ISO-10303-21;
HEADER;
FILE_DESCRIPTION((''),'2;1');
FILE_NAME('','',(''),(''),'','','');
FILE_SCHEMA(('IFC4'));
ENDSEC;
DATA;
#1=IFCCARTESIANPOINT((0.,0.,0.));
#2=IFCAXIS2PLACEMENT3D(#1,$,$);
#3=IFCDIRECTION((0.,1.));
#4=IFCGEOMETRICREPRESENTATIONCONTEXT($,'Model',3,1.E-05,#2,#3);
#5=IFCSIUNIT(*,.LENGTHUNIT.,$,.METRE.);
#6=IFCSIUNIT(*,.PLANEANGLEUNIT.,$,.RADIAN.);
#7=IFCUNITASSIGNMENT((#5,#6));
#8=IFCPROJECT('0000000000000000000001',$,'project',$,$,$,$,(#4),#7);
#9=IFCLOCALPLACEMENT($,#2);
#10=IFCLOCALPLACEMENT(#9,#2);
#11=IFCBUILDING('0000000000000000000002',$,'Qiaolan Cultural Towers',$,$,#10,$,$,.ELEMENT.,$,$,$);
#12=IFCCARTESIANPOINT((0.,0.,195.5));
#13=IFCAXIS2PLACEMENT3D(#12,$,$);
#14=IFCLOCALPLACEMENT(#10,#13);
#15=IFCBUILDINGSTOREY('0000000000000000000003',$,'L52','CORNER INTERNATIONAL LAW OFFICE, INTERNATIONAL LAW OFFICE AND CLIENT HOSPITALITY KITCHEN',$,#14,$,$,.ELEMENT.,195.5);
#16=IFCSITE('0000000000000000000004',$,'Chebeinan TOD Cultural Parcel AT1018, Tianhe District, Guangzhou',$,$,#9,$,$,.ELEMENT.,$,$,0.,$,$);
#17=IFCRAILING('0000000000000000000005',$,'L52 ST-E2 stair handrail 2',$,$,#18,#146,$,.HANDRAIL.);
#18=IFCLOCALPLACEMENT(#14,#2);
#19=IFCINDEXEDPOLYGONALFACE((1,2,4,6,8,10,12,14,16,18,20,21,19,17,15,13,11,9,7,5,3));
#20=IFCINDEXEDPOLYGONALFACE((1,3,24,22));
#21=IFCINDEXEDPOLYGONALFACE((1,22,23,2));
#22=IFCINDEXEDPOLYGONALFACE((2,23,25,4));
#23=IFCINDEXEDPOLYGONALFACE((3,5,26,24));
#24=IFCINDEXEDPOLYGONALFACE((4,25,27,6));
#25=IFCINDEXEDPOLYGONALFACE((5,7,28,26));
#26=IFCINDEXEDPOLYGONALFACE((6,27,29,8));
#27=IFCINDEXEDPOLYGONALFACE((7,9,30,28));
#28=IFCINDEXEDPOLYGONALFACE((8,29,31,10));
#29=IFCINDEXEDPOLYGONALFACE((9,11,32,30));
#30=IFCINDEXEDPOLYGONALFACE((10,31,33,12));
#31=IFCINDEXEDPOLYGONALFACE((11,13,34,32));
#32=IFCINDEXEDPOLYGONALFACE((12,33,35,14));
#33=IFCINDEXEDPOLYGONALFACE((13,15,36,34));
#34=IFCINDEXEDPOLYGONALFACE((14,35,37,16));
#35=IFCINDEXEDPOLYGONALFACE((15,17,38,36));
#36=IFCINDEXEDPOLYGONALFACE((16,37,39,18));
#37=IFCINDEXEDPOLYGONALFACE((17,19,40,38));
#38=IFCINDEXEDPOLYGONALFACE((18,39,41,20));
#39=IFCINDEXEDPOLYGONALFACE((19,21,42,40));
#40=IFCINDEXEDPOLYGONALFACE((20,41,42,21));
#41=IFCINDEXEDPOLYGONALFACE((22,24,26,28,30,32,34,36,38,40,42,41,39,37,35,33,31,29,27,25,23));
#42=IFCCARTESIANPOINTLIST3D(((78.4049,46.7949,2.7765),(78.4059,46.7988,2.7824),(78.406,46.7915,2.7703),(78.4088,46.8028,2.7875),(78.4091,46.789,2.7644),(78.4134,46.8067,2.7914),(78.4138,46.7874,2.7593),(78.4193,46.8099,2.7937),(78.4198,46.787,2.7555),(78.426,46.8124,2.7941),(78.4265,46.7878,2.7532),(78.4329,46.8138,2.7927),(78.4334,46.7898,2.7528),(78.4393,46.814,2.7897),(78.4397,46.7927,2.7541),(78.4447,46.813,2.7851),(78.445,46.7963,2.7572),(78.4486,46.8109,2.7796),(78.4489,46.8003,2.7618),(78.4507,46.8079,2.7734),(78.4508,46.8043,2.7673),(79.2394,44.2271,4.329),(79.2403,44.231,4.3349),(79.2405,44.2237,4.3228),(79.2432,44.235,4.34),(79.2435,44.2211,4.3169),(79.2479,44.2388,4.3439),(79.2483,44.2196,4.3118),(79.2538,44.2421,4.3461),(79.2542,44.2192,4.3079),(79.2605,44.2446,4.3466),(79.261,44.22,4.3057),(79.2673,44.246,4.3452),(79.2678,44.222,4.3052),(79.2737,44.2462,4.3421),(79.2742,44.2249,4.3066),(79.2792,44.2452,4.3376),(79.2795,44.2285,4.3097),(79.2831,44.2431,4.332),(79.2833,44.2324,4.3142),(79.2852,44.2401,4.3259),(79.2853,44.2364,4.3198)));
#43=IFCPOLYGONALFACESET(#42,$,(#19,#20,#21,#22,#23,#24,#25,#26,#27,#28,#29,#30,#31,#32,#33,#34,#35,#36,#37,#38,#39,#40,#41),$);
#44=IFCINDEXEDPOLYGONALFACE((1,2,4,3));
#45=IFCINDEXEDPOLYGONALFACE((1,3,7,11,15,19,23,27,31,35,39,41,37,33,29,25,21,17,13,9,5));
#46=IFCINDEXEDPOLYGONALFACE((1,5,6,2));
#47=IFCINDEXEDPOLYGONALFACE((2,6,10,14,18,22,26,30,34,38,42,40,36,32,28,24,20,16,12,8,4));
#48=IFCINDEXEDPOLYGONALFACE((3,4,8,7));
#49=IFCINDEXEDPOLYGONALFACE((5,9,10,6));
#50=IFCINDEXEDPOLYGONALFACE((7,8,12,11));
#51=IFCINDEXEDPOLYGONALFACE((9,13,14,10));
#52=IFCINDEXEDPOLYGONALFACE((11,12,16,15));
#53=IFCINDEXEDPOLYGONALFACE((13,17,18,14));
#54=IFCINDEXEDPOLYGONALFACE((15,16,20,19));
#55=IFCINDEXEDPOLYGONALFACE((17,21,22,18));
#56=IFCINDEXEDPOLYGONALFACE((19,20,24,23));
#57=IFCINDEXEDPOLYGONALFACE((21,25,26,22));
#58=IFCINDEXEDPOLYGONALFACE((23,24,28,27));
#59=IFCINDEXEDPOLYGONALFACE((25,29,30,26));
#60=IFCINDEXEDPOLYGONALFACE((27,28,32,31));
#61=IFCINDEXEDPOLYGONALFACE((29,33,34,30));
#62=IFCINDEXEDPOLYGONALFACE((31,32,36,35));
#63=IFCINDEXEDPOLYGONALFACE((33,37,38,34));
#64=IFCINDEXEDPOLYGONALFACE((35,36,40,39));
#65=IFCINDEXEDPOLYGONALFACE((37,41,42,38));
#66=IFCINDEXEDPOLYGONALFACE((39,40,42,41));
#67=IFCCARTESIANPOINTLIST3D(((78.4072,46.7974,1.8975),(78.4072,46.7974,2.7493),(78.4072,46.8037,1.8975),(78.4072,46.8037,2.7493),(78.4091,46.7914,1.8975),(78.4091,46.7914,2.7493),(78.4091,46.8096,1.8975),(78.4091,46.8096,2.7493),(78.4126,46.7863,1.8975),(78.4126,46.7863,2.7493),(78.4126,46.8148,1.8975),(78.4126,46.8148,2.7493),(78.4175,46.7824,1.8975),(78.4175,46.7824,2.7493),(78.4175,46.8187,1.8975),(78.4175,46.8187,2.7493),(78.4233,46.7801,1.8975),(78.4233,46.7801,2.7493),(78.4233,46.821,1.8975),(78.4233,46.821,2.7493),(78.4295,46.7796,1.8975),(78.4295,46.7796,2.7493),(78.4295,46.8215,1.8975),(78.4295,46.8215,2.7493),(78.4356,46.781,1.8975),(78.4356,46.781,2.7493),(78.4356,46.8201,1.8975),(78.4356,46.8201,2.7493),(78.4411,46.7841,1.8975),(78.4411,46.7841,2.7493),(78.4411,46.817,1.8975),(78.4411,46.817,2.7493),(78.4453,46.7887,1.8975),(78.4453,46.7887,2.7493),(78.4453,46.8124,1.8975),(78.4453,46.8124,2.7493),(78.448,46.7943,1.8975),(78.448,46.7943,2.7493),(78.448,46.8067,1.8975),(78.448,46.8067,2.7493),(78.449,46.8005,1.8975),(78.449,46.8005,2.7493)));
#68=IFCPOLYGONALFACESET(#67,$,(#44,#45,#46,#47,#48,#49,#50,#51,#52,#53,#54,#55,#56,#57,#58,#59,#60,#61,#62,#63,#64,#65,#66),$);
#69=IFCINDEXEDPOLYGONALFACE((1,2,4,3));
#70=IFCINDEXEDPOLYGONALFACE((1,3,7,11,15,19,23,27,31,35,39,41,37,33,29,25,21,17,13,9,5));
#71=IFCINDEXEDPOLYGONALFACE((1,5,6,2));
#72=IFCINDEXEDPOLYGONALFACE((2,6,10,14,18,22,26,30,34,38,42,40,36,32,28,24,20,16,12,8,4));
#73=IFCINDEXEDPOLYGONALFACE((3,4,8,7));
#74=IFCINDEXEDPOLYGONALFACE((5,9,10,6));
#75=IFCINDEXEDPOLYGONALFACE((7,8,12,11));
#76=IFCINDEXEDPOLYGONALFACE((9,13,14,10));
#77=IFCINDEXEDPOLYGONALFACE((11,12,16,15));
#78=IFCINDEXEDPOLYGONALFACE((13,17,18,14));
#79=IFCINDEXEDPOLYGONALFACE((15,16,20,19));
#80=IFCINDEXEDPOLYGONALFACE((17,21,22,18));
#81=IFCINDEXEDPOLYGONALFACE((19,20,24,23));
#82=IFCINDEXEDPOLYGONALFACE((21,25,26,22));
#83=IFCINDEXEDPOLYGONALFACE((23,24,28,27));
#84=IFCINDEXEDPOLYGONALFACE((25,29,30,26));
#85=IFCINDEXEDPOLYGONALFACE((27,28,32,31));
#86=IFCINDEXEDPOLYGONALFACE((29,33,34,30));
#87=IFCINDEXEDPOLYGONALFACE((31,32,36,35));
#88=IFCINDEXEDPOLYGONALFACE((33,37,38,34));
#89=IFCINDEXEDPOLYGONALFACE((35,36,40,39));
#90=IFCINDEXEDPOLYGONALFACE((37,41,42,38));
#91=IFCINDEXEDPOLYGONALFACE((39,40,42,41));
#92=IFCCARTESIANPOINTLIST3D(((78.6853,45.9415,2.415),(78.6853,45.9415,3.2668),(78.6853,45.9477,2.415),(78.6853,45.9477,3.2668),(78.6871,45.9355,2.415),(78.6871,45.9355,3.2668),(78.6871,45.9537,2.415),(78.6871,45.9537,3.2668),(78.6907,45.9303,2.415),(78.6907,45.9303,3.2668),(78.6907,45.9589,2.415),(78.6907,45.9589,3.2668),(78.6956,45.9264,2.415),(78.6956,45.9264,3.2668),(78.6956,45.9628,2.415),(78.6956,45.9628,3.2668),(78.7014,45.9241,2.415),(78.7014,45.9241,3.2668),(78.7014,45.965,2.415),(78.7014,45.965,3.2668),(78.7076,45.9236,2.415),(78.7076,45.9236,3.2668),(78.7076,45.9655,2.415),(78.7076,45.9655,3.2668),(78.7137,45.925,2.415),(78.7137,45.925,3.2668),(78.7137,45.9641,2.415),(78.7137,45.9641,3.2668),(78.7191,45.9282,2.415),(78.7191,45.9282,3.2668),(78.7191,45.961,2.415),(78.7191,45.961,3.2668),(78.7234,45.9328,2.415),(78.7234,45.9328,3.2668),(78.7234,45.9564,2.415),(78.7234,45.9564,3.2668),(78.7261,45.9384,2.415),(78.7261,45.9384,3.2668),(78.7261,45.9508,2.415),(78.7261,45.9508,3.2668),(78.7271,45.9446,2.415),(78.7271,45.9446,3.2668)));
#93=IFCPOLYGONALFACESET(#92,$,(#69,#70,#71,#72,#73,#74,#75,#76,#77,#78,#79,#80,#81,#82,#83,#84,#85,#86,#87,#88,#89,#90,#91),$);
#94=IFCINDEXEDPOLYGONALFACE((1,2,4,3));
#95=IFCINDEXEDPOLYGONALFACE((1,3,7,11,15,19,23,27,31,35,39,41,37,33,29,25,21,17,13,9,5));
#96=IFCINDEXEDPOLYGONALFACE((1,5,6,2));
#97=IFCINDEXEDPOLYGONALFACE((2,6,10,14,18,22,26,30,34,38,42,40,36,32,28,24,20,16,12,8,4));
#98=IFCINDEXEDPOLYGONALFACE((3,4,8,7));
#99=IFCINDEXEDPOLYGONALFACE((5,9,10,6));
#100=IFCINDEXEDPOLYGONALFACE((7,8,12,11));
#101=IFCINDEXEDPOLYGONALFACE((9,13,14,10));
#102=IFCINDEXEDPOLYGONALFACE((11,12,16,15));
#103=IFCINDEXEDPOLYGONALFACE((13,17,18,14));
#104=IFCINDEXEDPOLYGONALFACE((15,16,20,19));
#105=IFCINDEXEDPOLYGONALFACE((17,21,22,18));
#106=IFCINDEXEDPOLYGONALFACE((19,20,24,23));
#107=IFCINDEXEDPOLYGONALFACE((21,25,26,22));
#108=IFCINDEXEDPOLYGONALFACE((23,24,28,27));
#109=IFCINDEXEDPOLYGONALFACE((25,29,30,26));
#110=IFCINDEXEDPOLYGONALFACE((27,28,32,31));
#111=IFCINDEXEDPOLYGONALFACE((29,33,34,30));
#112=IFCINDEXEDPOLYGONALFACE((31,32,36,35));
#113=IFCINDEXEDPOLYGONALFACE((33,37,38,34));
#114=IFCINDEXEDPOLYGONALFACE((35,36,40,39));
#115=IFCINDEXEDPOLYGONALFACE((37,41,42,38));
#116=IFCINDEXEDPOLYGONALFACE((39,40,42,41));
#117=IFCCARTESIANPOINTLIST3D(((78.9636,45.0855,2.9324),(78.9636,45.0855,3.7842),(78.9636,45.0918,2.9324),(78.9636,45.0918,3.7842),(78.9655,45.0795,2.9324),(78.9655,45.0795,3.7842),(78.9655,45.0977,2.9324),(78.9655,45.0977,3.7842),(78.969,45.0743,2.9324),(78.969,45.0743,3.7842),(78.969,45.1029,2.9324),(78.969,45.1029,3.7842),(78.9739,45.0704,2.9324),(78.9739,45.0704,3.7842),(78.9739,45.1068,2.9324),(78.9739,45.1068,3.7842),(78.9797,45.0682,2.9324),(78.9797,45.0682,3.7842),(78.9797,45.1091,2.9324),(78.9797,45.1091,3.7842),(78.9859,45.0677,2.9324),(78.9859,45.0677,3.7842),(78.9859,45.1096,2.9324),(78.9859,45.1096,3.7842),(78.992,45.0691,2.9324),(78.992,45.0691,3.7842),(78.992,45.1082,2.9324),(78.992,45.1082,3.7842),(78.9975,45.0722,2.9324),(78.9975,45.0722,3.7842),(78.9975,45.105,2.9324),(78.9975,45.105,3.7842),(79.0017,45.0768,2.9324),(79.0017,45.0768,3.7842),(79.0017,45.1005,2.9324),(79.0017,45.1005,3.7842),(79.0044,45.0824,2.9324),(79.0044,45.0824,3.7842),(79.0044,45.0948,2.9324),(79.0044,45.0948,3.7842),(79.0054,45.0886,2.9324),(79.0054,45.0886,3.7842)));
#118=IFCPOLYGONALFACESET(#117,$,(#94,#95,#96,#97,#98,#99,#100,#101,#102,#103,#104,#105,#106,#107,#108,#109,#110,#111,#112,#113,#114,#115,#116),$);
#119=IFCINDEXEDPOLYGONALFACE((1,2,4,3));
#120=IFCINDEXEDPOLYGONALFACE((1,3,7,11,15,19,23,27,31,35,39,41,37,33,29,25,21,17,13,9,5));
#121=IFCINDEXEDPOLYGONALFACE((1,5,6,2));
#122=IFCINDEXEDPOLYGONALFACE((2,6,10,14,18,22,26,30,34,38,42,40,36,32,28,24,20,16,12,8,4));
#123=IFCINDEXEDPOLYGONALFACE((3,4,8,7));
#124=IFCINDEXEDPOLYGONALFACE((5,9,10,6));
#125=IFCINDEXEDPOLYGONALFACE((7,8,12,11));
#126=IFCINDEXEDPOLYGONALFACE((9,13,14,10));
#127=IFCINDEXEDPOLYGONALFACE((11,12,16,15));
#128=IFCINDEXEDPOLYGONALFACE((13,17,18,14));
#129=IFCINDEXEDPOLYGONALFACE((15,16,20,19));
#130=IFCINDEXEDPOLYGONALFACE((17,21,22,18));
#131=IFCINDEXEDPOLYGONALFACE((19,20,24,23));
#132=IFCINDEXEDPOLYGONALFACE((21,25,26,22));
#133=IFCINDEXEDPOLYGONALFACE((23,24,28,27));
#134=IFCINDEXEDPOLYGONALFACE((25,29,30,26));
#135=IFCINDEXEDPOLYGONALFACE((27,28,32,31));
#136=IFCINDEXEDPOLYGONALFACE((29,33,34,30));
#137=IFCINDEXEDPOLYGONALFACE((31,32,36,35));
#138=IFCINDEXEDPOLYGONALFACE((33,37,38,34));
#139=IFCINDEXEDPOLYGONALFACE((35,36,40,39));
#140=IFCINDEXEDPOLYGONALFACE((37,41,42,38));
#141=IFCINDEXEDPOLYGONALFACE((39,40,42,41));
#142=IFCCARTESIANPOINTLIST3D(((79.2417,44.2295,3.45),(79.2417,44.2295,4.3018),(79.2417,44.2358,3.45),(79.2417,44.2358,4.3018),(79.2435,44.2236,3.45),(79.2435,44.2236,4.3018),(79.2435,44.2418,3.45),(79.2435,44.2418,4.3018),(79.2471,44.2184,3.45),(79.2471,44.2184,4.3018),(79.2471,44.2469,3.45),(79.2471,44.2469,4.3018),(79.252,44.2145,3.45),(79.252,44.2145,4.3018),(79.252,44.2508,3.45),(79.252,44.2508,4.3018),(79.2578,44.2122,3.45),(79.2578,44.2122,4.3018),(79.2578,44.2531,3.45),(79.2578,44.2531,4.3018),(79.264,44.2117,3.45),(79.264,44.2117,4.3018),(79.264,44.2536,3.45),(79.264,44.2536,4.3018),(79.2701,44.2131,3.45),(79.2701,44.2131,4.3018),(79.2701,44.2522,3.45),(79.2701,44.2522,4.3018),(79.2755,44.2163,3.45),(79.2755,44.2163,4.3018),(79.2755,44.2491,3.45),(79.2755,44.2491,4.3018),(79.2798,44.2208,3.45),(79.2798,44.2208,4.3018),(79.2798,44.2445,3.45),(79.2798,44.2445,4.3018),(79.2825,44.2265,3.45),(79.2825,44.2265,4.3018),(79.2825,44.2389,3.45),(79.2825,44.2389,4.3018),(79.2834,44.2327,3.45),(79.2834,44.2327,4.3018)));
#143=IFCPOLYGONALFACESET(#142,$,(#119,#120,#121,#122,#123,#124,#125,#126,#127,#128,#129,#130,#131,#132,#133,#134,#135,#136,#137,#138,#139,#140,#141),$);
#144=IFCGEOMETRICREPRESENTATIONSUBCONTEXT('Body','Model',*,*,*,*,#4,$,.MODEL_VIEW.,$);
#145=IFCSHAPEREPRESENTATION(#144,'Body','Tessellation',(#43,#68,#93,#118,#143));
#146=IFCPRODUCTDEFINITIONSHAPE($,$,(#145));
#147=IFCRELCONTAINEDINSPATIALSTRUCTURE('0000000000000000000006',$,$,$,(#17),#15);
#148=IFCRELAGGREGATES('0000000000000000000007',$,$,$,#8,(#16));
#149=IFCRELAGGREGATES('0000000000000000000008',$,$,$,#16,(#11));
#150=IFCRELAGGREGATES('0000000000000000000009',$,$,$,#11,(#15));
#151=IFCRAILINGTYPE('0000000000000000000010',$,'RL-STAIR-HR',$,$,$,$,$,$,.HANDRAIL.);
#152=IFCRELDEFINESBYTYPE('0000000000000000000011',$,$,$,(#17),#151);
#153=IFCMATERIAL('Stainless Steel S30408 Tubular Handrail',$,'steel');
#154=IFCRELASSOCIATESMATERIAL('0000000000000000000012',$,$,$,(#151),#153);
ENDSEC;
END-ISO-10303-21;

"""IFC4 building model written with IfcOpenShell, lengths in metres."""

from ifc_helpers import new_model, si_unit, direction, frame, origin, origin_2d, place, context, subcontext, project, spatial, circle, extrude, material, type_object, element, save


model = new_model("IFC4")

# Units and contexts
model_context = context("Model", 3, precision=1e-05, world=origin(), true_north=direction((0.0, 1.0)))
body_context = subcontext(model_context, "Body", "Model", "MODEL_VIEW")
ifc_project = project(units=[si_unit("LENGTHUNIT", "METRE"), si_unit("PLANEANGLEUNIT", "RADIAN")], contexts=[model_context])

# Site, building, storey
site_placement = place(None, origin())
site = spatial("IfcSite", under=ifc_project, at=site_placement, Name="Chebeinan TOD Cultural Parcel AT1018, Tianhe District, Guangzhou", CompositionType="ELEMENT", RefElevation=0.0)
building_placement = place(site_placement, origin())
building = spatial("IfcBuilding", under=site, at=building_placement, Name="Qiaolan Cultural Towers", CompositionType="ELEMENT")
storey_placement = place(building_placement, frame((0.0, 0.0, 195.5)))
storey = spatial("IfcBuildingStorey", under=building, at=storey_placement, Name="L52", Description="CORNER INTERNATIONAL LAW OFFICE, INTERNATIONAL LAW OFFICE AND CLIENT HOSPITALITY KITCHEN", CompositionType="ELEMENT", Elevation=195.5)

# Railing
ifc_material_1 = material(Name="Stainless Steel S30408 Tubular Handrail", Category="steel")
railing_type_1 = type_object("IfcRailingType", Name="RL-STAIR-HR", PredefinedType="HANDRAIL", material=ifc_material_1)
railing_1_placement = place(storey_placement, frame((78.428, 46.8005, 1.8975)))
element("IfcRailing", 1, at=railing_1_placement, inside=storey, type_object=railing_type_1, Name="L52 ST-E2 stair handrail 2", PredefinedType="HANDRAIL", context=body_context, shape_type="SweptSolid", body=[
    extrude(circle(Radius=0.0239, at=origin_2d()), frame((0.0, 0.0, 0.876), z_axis=(0.267926, -0.824471, 0.498461), x_axis=(0.951043, 0.309057, 0.0)), (0.0, 0.0, 1.0), 3.1145),
    extrude(circle(Radius=0.021, at=origin_2d()), origin(), (0.0, 0.0, 1.0), 0.8518),
    extrude(circle(Radius=0.021, at=origin_2d()), frame((0.2781, -0.856, 0.5176)), (0.0, 0.0, 1.0), 0.8518),
    extrude(circle(Radius=0.021, at=origin_2d()), frame((0.5564, -1.7119, 1.0349)), (0.0, 0.0, 1.0), 0.8518),
    extrude(circle(Radius=0.021, at=origin_2d()), frame((0.8345, -2.5679, 1.5525)), (0.0, 0.0, 1.0), 0.8518),
])

save(model, "model.ifc")
